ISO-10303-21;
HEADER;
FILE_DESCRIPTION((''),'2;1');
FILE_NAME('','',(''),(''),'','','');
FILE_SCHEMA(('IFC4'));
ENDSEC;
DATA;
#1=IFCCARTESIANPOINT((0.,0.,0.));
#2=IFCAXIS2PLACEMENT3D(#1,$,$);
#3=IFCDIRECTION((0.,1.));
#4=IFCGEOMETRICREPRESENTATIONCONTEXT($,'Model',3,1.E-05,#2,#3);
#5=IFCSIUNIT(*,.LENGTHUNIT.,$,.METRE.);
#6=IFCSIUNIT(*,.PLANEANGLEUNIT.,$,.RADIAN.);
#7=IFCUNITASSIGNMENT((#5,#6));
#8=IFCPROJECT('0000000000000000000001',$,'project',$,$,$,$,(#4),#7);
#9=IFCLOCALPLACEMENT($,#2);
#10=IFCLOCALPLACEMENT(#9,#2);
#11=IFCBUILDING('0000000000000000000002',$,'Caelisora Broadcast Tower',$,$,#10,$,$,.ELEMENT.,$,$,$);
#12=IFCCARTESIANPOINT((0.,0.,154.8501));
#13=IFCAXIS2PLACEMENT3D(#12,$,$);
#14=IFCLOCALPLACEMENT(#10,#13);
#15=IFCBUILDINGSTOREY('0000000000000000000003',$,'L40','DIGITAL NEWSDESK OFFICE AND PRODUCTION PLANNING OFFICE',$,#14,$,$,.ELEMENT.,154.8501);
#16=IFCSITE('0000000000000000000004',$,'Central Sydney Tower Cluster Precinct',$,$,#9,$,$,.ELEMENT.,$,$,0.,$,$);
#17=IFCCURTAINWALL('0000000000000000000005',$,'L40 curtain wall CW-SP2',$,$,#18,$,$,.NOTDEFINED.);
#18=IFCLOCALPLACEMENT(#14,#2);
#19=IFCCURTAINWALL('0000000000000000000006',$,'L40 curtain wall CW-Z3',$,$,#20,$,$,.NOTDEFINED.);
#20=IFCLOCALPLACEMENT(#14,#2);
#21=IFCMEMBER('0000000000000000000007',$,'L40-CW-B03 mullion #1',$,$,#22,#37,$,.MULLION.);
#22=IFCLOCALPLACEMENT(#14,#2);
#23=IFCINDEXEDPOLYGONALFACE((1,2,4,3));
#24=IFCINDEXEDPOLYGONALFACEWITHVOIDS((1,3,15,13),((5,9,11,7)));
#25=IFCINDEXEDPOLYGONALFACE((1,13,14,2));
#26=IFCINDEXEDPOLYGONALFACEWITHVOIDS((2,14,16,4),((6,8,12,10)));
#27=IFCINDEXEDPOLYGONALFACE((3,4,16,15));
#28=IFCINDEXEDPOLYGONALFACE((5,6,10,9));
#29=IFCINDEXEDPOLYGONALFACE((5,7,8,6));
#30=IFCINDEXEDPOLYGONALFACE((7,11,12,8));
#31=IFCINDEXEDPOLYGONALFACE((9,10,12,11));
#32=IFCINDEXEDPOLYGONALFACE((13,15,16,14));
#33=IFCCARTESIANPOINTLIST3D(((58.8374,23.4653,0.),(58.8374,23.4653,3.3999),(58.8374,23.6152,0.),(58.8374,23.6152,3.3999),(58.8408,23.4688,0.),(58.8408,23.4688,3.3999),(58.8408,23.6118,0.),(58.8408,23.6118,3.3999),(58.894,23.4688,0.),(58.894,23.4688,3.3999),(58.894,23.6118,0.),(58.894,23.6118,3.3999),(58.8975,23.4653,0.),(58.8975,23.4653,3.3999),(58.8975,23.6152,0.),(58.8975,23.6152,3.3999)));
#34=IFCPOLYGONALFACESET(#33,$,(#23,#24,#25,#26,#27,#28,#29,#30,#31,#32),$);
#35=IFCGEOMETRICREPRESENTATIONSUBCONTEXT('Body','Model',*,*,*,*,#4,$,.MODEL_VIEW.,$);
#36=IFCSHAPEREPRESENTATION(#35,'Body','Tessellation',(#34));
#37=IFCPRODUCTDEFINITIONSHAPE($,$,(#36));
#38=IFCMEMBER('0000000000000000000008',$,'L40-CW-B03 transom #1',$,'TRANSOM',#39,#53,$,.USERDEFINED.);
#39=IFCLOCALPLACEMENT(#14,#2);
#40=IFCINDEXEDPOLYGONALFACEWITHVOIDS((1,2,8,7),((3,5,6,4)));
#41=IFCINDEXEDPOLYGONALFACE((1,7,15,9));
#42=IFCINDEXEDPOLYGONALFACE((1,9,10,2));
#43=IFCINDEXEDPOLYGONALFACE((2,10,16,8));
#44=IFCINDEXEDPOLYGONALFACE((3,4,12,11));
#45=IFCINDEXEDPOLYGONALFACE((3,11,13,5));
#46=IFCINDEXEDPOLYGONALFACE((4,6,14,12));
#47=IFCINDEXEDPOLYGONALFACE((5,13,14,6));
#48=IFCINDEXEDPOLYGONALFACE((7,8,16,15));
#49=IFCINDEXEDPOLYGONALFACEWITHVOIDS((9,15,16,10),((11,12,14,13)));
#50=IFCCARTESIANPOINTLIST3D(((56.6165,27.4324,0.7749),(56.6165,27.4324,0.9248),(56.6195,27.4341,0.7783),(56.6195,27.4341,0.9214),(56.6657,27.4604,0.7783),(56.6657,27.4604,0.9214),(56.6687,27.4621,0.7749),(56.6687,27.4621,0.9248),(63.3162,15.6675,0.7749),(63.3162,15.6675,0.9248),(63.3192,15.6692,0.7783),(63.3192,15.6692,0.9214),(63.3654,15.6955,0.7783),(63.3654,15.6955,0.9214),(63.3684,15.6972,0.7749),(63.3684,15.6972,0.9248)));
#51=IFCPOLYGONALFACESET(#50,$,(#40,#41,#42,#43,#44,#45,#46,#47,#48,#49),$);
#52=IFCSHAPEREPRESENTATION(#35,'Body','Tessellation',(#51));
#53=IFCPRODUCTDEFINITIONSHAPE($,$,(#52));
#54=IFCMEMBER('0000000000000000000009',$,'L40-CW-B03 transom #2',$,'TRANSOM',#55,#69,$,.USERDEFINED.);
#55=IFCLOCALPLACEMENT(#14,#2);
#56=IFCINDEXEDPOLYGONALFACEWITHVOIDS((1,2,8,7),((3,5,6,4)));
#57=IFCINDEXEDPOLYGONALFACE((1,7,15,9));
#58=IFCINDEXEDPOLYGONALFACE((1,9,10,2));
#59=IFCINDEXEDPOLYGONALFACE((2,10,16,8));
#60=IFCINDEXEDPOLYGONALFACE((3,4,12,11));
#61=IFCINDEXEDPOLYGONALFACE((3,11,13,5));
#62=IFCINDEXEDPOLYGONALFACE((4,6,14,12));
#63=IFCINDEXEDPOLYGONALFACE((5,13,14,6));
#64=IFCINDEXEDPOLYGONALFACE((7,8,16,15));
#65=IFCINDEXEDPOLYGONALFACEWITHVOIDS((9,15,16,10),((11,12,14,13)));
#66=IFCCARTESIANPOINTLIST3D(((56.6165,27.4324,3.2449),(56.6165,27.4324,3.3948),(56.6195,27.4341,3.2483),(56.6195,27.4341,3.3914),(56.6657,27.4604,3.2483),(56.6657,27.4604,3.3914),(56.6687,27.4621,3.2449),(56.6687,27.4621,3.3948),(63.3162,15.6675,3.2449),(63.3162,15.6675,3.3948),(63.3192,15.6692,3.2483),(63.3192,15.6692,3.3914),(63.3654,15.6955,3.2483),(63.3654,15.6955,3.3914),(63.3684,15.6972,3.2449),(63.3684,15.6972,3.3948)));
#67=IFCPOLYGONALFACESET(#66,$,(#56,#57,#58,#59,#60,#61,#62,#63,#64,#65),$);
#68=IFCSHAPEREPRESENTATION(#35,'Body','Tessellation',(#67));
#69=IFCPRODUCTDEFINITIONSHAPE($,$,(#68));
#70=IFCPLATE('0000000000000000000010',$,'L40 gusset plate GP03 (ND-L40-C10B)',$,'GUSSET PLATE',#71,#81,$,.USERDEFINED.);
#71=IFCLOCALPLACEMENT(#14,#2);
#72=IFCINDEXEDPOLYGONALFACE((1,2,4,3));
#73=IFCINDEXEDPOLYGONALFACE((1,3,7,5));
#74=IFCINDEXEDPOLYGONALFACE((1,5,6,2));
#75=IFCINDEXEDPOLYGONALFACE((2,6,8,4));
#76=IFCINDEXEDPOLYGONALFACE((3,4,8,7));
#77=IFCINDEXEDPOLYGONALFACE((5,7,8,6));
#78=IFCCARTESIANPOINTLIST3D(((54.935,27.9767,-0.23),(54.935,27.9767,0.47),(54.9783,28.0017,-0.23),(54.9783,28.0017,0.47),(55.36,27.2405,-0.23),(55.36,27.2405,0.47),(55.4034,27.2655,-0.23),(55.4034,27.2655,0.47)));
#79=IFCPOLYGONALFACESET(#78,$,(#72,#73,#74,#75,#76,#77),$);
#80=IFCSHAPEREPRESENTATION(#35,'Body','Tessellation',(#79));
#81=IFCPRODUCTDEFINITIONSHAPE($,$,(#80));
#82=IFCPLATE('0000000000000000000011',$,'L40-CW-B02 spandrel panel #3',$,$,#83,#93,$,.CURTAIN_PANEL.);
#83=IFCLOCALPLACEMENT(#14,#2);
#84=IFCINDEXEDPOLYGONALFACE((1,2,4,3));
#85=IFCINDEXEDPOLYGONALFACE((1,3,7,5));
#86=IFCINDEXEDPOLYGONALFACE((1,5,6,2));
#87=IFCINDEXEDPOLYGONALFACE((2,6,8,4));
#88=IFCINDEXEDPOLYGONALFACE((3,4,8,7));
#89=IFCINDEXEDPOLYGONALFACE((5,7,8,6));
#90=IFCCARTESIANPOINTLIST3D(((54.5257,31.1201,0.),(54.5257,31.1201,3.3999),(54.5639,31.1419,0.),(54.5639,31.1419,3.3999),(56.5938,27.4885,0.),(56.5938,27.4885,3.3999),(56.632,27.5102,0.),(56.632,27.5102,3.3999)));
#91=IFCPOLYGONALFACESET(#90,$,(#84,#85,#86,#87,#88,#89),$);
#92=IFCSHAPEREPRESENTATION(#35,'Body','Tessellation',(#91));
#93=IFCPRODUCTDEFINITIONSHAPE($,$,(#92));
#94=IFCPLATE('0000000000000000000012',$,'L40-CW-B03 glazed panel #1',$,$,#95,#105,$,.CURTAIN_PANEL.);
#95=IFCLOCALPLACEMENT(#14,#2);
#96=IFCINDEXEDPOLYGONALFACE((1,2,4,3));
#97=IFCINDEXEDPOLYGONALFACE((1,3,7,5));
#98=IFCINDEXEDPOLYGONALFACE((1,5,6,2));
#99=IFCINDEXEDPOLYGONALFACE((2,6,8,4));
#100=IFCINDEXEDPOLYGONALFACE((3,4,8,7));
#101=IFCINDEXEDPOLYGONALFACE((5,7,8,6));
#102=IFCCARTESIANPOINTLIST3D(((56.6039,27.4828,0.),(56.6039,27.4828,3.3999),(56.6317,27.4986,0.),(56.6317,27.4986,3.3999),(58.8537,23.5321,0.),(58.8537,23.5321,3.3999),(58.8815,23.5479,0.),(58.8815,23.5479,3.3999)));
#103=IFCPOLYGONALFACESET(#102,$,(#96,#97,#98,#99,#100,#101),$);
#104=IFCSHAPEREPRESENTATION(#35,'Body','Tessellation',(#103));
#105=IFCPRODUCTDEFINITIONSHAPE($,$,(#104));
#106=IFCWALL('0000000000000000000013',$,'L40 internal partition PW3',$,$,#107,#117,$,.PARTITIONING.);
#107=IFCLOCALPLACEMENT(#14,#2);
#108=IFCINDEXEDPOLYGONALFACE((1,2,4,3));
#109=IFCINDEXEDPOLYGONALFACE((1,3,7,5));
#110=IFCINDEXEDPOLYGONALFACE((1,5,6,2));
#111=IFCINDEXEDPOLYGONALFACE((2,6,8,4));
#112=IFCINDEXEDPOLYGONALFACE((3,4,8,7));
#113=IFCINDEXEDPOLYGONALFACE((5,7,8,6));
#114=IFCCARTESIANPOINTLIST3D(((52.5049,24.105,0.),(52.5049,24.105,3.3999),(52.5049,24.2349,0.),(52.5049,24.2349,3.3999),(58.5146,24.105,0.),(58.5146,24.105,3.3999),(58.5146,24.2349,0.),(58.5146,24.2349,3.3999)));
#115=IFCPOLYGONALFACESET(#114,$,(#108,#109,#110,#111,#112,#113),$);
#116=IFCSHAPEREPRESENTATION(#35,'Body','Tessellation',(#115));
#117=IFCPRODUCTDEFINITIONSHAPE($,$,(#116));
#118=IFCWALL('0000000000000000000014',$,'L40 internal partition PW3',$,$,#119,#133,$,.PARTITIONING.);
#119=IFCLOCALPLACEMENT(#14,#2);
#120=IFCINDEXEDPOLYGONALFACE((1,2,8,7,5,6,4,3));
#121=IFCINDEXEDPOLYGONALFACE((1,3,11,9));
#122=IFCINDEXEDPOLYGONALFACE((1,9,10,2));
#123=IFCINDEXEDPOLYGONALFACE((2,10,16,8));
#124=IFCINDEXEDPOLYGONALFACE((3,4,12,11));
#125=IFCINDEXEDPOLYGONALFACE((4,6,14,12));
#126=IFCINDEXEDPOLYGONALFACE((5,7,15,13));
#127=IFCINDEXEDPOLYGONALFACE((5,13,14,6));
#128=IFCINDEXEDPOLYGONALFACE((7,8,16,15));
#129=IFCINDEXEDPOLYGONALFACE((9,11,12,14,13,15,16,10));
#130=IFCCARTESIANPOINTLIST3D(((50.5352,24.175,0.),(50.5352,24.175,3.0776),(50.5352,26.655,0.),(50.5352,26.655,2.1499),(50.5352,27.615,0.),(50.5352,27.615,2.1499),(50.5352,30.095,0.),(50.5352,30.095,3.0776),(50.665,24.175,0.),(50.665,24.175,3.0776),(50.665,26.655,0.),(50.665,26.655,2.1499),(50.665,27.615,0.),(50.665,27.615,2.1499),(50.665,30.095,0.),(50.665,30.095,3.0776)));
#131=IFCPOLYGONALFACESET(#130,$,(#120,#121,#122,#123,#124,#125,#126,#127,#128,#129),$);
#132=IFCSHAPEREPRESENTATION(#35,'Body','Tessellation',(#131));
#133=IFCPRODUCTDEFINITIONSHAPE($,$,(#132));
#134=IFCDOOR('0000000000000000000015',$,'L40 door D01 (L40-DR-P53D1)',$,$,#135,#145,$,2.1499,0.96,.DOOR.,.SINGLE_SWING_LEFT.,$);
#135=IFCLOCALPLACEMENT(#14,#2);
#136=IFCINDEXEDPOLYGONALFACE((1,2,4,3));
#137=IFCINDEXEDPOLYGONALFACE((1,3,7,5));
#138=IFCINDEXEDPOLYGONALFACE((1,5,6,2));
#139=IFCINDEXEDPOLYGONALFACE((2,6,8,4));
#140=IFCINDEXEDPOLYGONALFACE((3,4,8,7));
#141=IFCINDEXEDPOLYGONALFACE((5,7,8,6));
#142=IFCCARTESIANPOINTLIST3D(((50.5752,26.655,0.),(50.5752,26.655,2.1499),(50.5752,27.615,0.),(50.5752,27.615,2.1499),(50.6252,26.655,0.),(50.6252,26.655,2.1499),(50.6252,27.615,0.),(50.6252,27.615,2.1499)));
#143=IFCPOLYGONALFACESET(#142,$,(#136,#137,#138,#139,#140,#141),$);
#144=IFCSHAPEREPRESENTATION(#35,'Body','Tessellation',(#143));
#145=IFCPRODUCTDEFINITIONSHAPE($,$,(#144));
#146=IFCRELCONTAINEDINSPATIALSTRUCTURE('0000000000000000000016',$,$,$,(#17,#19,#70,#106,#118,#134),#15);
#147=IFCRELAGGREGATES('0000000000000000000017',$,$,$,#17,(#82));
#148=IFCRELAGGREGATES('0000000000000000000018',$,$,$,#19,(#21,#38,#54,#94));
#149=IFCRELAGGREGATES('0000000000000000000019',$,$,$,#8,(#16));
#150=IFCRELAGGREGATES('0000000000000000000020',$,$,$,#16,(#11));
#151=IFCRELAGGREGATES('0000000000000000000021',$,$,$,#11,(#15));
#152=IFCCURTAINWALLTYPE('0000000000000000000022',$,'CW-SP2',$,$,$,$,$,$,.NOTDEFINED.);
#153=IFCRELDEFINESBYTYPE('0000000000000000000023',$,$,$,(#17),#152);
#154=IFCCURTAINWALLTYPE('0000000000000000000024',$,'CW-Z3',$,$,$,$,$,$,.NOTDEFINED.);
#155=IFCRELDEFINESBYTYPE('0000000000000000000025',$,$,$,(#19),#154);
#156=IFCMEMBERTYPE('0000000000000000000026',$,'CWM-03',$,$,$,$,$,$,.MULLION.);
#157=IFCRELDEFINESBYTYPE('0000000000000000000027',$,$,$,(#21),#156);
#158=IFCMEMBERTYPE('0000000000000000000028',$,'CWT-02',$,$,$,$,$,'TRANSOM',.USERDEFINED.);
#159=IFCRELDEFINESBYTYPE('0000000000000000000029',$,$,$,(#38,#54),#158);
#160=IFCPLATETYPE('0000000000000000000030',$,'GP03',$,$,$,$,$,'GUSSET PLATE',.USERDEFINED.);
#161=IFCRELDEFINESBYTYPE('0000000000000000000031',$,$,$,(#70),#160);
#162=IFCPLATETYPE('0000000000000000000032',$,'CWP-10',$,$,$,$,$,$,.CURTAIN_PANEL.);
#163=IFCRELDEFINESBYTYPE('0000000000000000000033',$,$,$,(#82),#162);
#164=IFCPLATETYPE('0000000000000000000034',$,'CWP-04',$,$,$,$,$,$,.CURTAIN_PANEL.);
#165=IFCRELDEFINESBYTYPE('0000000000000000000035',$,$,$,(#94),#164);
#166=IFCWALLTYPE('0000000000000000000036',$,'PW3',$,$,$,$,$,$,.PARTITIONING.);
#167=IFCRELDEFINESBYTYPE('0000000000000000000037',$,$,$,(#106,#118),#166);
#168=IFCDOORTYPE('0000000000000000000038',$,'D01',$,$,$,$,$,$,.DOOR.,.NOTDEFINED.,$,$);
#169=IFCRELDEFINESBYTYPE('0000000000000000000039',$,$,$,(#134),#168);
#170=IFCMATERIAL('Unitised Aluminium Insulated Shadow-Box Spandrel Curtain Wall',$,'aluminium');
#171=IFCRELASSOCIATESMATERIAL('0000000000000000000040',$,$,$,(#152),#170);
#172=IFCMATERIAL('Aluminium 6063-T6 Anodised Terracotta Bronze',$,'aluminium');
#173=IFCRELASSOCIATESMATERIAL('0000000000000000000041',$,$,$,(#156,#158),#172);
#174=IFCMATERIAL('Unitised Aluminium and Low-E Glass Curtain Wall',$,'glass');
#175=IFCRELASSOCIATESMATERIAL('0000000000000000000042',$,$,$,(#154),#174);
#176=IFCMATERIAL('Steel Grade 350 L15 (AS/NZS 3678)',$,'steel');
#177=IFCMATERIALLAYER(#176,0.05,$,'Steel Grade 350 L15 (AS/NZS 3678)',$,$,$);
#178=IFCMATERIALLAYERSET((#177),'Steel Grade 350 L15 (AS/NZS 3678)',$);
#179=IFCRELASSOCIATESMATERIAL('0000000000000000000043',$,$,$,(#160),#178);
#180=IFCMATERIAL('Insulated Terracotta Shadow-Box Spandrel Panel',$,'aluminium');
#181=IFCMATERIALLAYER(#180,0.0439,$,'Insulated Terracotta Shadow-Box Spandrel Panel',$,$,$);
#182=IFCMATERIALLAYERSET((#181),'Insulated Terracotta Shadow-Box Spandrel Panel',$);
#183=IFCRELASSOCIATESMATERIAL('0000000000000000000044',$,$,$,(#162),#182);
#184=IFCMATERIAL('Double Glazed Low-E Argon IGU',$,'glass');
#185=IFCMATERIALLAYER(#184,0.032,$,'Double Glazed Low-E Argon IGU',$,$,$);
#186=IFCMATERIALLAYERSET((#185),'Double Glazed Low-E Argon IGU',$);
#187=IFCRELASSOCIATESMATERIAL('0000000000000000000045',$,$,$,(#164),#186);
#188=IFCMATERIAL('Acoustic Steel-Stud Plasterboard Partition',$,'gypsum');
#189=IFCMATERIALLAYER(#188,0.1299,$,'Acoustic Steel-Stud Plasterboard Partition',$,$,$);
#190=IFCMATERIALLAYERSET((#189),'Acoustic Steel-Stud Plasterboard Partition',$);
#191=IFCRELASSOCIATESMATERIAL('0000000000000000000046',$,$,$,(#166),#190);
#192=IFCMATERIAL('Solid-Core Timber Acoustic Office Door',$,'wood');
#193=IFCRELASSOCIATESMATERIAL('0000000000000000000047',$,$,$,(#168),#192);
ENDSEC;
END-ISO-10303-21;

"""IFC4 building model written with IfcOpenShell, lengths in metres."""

from ifc_helpers import new_model, si_unit, direction, frame, frame_2d, origin, origin_2d, place, context, subcontext, project, spatial, rectangle, hollow_rectangle, extrude, source, transform, mapped, material, layer, layer_set, material_profile, profile_set, type_object, type_shapes, element, fill, aggregate, save


model = new_model("IFC4")

# Units and contexts
model_context = context("Model", 3, precision=1e-05, world=origin(), true_north=direction((0.0, 1.0)))
body_context = subcontext(model_context, "Body", "Model", "MODEL_VIEW")
ifc_project = project(units=[si_unit("LENGTHUNIT", "METRE"), si_unit("PLANEANGLEUNIT", "RADIAN")], contexts=[model_context])

# Site, building, storey
site_placement = place(None, origin())
site = spatial("IfcSite", under=ifc_project, at=site_placement, Name="Central Sydney Tower Cluster Precinct", CompositionType="ELEMENT", RefElevation=0.0)
building_placement = place(site_placement, origin())
building = spatial("IfcBuilding", under=site, at=building_placement, Name="Caelisora Broadcast Tower", CompositionType="ELEMENT")
storey_placement = place(building_placement, frame((0.0, 0.0, 154.8501)))
storey = spatial("IfcBuildingStorey", under=building, at=storey_placement, Name="L40", Description="DIGITAL NEWSDESK OFFICE AND PRODUCTION PLANNING OFFICE", CompositionType="ELEMENT", Elevation=154.8501)

# Shared definitions
ifc_material_1 = material(Name="Steel Grade 350 L15 (AS/NZS 3678)", Category="steel")

# Curtain wall
ifc_material_2 = material(Name="Unitised Aluminium Insulated Shadow-Box Spandrel Curtain Wall", Category="aluminium")
curtain_wall_type_1 = type_object("IfcCurtainWallType", Name="CW-SP2", PredefinedType="NOTDEFINED", material=ifc_material_2)
curtain_wall_1_placement = place(storey_placement, origin())
curtain_wall_1 = element("IfcCurtainWall", 1, at=curtain_wall_1_placement, inside=storey, type_object=curtain_wall_type_1, Name="L40 curtain wall CW-SP2", PredefinedType="NOTDEFINED")
ifc_material_3 = material(Name="Aluminium 6063-T6 Anodised Terracotta Bronze", Category="aluminium")
ifc_material_profile_1 = material_profile(ifc_material_3, hollow_rectangle(XDim=0.0601, YDim=0.1499, WallThickness=0.0034, at=origin_2d()), Name="Aluminium 6063-T6 Anodised Terracotta Bronze")
ifc_profile_set_1 = profile_set([ifc_material_profile_1], Name="Aluminium 6063-T6 Anodised Terracotta Bronze")
member_type_1 = type_object("IfcMemberType", Name="CWM-03", PredefinedType="MULLION", material=ifc_profile_set_1)
shared_shape_1 = source(origin(), body_context, "Body", "SweptSolid", [
    extrude(hollow_rectangle(XDim=0.0601, YDim=0.1499, WallThickness=0.0034, at=origin_2d()), origin(), (0.0, 0.0, 1.0), 3.3999),
])
type_shapes(member_type_1, [shared_shape_1])

# Curtain wall, members
ifc_material_4 = material(Name="Unitised Aluminium and Low-E Glass Curtain Wall", Category="glass")
curtain_wall_type_2 = type_object("IfcCurtainWallType", Name="CW-Z3", PredefinedType="NOTDEFINED", material=ifc_material_4)
curtain_wall_2_placement = place(storey_placement, origin())
curtain_wall_2 = element("IfcCurtainWall", 2, at=curtain_wall_2_placement, inside=storey, type_object=curtain_wall_type_2, Name="L40 curtain wall CW-Z3", PredefinedType="NOTDEFINED")
member_1_placement = place(storey_placement, frame((58.8674, 23.5403, 0.0), z_axis=(0.0, 0.0, 1.0), x_axis=(1.0, 0.0, 0.0)))
member_1 = element("IfcMember", 3, at=member_1_placement, type_object=member_type_1, Name="L40-CW-B03 mullion #1", PredefinedType="MULLION", context=body_context, shape_type="MappedRepresentation", body=[
    mapped(shared_shape_1, transform((0.0, 0.0, 0.0), scale=1.0)),
])
ifc_material_profile_2 = material_profile(ifc_material_3, hollow_rectangle(XDim=0.0601, YDim=0.1499, WallThickness=0.0034, at=origin_2d()), Name="Aluminium 6063-T6 Anodised Terracotta Bronze")
ifc_profile_set_2 = profile_set([ifc_material_profile_2], Name="Aluminium 6063-T6 Anodised Terracotta Bronze")
member_type_2 = type_object("IfcMemberType", Name="CWT-02", ElementType="TRANSOM", PredefinedType="USERDEFINED", material=ifc_profile_set_2)
shared_shape_2 = source(origin(), body_context, "Body", "SweptSolid", [
    extrude(hollow_rectangle(XDim=0.0601, YDim=0.1499, WallThickness=0.0034, at=origin_2d()), origin(), (0.0, 0.0, 1.0), 13.5388),
])
type_shapes(member_type_2, [shared_shape_2])
member_2_placement = place(storey_placement, frame((56.6426, 27.4473, 0.8499), z_axis=(0.494853, -0.868977, 0.0), x_axis=(0.868977, 0.494853, 0.0)))
member_2 = element("IfcMember", 4, at=member_2_placement, type_object=member_type_2, Name="L40-CW-B03 transom #1", ObjectType="TRANSOM", PredefinedType="USERDEFINED", context=body_context, shape_type="MappedRepresentation", body=[
    mapped(shared_shape_2, transform((0.0, 0.0, 0.0), scale=1.0)),
])
member_3_placement = place(storey_placement, frame((56.6426, 27.4473, 3.3198), z_axis=(0.494853, -0.868977, 0.0), x_axis=(0.868977, 0.494853, 0.0)))
member_3 = element("IfcMember", 5, at=member_3_placement, type_object=member_type_2, Name="L40-CW-B03 transom #2", ObjectType="TRANSOM", PredefinedType="USERDEFINED", context=body_context, shape_type="MappedRepresentation", body=[
    mapped(shared_shape_2, transform((0.0, 0.0, 0.0), scale=1.0)),
])

# Plates
ifc_layer_1 = layer(ifc_material_1, 0.05, Name="Steel Grade 350 L15 (AS/NZS 3678)")
ifc_layer_set_1 = layer_set([ifc_layer_1], Name="Steel Grade 350 L15 (AS/NZS 3678)")
plate_type_1 = type_object("IfcPlateType", Name="GP03", ElementType="GUSSET PLATE", PredefinedType="USERDEFINED", material=ifc_layer_set_1)
shared_shape_3 = source(origin(), body_context, "Body", "SweptSolid", [
    extrude(rectangle(XDim=0.8501, YDim=0.05, at=origin_2d()), origin(), (0.0, 0.0, 1.0), 0.7),
])
type_shapes(plate_type_1, [shared_shape_3])
plate_1_placement = place(storey_placement, frame((55.1692, 27.6211, -0.23), z_axis=(0.0, 0.0, 1.0), x_axis=(-0.5, 0.866025, 0.0)))
element("IfcPlate", 6, at=plate_1_placement, inside=storey, type_object=plate_type_1, Name="L40 gusset plate GP03 (ND-L40-C10B)", ObjectType="GUSSET PLATE", PredefinedType="USERDEFINED", context=body_context, shape_type="MappedRepresentation", body=[
    mapped(shared_shape_3, transform((0.0, 0.0, 0.0), scale=1.0)),
])
ifc_material_5 = material(Name="Insulated Terracotta Shadow-Box Spandrel Panel", Category="aluminium")
ifc_layer_2 = layer(ifc_material_5, 0.0439, Name="Insulated Terracotta Shadow-Box Spandrel Panel")
ifc_layer_set_2 = layer_set([ifc_layer_2], Name="Insulated Terracotta Shadow-Box Spandrel Panel")
plate_type_2 = type_object("IfcPlateType", Name="CWP-10", PredefinedType="CURTAIN_PANEL", material=ifc_layer_set_2)
shared_shape_4 = source(origin(), body_context, "Body", "SweptSolid", [
    extrude(rectangle(XDim=4.1792, YDim=0.0439, at=origin_2d()), origin(), (0.0, 0.0, 1.0), 3.3999),
])
type_shapes(plate_type_2, [shared_shape_4])
plate_2_placement = place(storey_placement, frame((55.5789, 29.3152, 0.0), z_axis=(0.0, 0.0, 1.0), x_axis=(0.494852, -0.868977, 0.0)))
plate_2 = element("IfcPlate", 7, at=plate_2_placement, type_object=plate_type_2, Name="L40-CW-B02 spandrel panel #3", PredefinedType="CURTAIN_PANEL", context=body_context, shape_type="MappedRepresentation", body=[
    mapped(shared_shape_4, transform((0.0, 0.0, 0.0), scale=1.0)),
])
aggregate(curtain_wall_1, [plate_2])
ifc_material_6 = material(Name="Double Glazed Low-E Argon IGU", Category="glass")
ifc_layer_3 = layer(ifc_material_6, 0.032, Name="Double Glazed Low-E Argon IGU")
ifc_layer_set_3 = layer_set([ifc_layer_3], Name="Double Glazed Low-E Argon IGU")
plate_type_3 = type_object("IfcPlateType", Name="CWP-04", PredefinedType="CURTAIN_PANEL", material=ifc_layer_set_3)
shared_shape_5 = source(origin(), body_context, "Body", "SweptSolid", [
    extrude(rectangle(XDim=4.5464, YDim=0.032, at=origin_2d()), origin(), (0.0, 0.0, 1.0), 3.3999),
])
type_shapes(plate_type_3, [shared_shape_5])
plate_3_placement = place(storey_placement, frame((57.7427, 25.5154, 0.0), z_axis=(0.0, 0.0, 1.0), x_axis=(0.494852, -0.868977, 0.0)))
plate_3 = element("IfcPlate", 8, at=plate_3_placement, type_object=plate_type_3, Name="L40-CW-B03 glazed panel #1", PredefinedType="CURTAIN_PANEL", context=body_context, shape_type="MappedRepresentation", body=[
    mapped(shared_shape_5, transform((0.0, 0.0, 0.0), scale=1.0)),
])
aggregate(curtain_wall_2, [member_1, member_2, member_3, plate_3])

# Wall
ifc_material_7 = material(Name="Acoustic Steel-Stud Plasterboard Partition", Category="gypsum")
ifc_layer_4 = layer(ifc_material_7, 0.1299, Name="Acoustic Steel-Stud Plasterboard Partition")
ifc_layer_set_4 = layer_set([ifc_layer_4], Name="Acoustic Steel-Stud Plasterboard Partition")
wall_type = type_object("IfcWallType", Name="PW3", PredefinedType="PARTITIONING", material=ifc_layer_set_4)
wall_1_placement = place(storey_placement, frame((52.5049, 24.1699, 0.0), z_axis=(0.0, 0.0, 1.0), x_axis=(1.0, 0.0, 0.0)))
element("IfcWall", 9, at=wall_1_placement, inside=storey, type_object=wall_type, Name="L40 internal partition PW3", PredefinedType="PARTITIONING", context=body_context, shape_type="SweptSolid", body=[
    extrude(rectangle(XDim=6.0098, YDim=0.1299, at=frame_2d((3.0049, 0.0))), origin(), (0.0, 0.0, 1.0), 3.3999),
])

# Wall, opening, door
wall_2_placement = place(storey_placement, frame((50.6001, 24.175, 0.0), z_axis=(0.0, 0.0, 1.0), x_axis=(0.0, 1.0, 0.0)))
wall_2 = element("IfcWall", 10, at=wall_2_placement, inside=storey, type_object=wall_type, Name="L40 internal partition PW3", PredefinedType="PARTITIONING", context=body_context, shape_type="SweptSolid", body=[
    extrude(rectangle(XDim=5.9199, YDim=0.1299, at=frame_2d((2.96, 0.0))), origin(), (0.0, 0.0, 1.0), 3.0776),
])
opening_1_placement = place(wall_2_placement, frame((2.48, 0.0, 0.0)))
opening_1 = element("IfcOpeningElement", 11, at=opening_1_placement, cuts=wall_2, PredefinedType="OPENING", context=body_context, shape_type="SweptSolid", body=[
    extrude(rectangle(XDim=0.96, YDim=2.1499, at=frame_2d((0.48, 1.075))), frame((0.0, 0.0769, 0.0), z_axis=(0.0, -1.0, 0.0), x_axis=(1.0, 0.0, 0.0)), (0.0, 0.0, 1.0), 0.1538),
])
ifc_material_8 = material(Name="Solid-Core Timber Acoustic Office Door", Category="wood")
door_type = type_object("IfcDoorType", Name="D01", OperationType="NOTDEFINED", PredefinedType="DOOR", material=ifc_material_8)
door_1_placement = place(opening_1_placement, origin())
door_1 = element("IfcDoor", 12, at=door_1_placement, inside=storey, type_object=door_type, Name="L40 door D01 (L40-DR-P53D1)", OperationType="SINGLE_SWING_LEFT", OverallHeight=2.1499, OverallWidth=0.96, PredefinedType="DOOR", context=body_context, shape_type="SweptSolid", body=[
    extrude(rectangle(XDim=0.96, YDim=2.1499, at=frame_2d((0.48, 1.075))), frame((0.0, 0.0249, 0.0), z_axis=(0.0, -1.0, 0.0), x_axis=(1.0, 0.0, 0.0)), (0.0, 0.0, 1.0), 0.05),
])
fill(opening_1, door_1)

save(model, "model.ifc")
